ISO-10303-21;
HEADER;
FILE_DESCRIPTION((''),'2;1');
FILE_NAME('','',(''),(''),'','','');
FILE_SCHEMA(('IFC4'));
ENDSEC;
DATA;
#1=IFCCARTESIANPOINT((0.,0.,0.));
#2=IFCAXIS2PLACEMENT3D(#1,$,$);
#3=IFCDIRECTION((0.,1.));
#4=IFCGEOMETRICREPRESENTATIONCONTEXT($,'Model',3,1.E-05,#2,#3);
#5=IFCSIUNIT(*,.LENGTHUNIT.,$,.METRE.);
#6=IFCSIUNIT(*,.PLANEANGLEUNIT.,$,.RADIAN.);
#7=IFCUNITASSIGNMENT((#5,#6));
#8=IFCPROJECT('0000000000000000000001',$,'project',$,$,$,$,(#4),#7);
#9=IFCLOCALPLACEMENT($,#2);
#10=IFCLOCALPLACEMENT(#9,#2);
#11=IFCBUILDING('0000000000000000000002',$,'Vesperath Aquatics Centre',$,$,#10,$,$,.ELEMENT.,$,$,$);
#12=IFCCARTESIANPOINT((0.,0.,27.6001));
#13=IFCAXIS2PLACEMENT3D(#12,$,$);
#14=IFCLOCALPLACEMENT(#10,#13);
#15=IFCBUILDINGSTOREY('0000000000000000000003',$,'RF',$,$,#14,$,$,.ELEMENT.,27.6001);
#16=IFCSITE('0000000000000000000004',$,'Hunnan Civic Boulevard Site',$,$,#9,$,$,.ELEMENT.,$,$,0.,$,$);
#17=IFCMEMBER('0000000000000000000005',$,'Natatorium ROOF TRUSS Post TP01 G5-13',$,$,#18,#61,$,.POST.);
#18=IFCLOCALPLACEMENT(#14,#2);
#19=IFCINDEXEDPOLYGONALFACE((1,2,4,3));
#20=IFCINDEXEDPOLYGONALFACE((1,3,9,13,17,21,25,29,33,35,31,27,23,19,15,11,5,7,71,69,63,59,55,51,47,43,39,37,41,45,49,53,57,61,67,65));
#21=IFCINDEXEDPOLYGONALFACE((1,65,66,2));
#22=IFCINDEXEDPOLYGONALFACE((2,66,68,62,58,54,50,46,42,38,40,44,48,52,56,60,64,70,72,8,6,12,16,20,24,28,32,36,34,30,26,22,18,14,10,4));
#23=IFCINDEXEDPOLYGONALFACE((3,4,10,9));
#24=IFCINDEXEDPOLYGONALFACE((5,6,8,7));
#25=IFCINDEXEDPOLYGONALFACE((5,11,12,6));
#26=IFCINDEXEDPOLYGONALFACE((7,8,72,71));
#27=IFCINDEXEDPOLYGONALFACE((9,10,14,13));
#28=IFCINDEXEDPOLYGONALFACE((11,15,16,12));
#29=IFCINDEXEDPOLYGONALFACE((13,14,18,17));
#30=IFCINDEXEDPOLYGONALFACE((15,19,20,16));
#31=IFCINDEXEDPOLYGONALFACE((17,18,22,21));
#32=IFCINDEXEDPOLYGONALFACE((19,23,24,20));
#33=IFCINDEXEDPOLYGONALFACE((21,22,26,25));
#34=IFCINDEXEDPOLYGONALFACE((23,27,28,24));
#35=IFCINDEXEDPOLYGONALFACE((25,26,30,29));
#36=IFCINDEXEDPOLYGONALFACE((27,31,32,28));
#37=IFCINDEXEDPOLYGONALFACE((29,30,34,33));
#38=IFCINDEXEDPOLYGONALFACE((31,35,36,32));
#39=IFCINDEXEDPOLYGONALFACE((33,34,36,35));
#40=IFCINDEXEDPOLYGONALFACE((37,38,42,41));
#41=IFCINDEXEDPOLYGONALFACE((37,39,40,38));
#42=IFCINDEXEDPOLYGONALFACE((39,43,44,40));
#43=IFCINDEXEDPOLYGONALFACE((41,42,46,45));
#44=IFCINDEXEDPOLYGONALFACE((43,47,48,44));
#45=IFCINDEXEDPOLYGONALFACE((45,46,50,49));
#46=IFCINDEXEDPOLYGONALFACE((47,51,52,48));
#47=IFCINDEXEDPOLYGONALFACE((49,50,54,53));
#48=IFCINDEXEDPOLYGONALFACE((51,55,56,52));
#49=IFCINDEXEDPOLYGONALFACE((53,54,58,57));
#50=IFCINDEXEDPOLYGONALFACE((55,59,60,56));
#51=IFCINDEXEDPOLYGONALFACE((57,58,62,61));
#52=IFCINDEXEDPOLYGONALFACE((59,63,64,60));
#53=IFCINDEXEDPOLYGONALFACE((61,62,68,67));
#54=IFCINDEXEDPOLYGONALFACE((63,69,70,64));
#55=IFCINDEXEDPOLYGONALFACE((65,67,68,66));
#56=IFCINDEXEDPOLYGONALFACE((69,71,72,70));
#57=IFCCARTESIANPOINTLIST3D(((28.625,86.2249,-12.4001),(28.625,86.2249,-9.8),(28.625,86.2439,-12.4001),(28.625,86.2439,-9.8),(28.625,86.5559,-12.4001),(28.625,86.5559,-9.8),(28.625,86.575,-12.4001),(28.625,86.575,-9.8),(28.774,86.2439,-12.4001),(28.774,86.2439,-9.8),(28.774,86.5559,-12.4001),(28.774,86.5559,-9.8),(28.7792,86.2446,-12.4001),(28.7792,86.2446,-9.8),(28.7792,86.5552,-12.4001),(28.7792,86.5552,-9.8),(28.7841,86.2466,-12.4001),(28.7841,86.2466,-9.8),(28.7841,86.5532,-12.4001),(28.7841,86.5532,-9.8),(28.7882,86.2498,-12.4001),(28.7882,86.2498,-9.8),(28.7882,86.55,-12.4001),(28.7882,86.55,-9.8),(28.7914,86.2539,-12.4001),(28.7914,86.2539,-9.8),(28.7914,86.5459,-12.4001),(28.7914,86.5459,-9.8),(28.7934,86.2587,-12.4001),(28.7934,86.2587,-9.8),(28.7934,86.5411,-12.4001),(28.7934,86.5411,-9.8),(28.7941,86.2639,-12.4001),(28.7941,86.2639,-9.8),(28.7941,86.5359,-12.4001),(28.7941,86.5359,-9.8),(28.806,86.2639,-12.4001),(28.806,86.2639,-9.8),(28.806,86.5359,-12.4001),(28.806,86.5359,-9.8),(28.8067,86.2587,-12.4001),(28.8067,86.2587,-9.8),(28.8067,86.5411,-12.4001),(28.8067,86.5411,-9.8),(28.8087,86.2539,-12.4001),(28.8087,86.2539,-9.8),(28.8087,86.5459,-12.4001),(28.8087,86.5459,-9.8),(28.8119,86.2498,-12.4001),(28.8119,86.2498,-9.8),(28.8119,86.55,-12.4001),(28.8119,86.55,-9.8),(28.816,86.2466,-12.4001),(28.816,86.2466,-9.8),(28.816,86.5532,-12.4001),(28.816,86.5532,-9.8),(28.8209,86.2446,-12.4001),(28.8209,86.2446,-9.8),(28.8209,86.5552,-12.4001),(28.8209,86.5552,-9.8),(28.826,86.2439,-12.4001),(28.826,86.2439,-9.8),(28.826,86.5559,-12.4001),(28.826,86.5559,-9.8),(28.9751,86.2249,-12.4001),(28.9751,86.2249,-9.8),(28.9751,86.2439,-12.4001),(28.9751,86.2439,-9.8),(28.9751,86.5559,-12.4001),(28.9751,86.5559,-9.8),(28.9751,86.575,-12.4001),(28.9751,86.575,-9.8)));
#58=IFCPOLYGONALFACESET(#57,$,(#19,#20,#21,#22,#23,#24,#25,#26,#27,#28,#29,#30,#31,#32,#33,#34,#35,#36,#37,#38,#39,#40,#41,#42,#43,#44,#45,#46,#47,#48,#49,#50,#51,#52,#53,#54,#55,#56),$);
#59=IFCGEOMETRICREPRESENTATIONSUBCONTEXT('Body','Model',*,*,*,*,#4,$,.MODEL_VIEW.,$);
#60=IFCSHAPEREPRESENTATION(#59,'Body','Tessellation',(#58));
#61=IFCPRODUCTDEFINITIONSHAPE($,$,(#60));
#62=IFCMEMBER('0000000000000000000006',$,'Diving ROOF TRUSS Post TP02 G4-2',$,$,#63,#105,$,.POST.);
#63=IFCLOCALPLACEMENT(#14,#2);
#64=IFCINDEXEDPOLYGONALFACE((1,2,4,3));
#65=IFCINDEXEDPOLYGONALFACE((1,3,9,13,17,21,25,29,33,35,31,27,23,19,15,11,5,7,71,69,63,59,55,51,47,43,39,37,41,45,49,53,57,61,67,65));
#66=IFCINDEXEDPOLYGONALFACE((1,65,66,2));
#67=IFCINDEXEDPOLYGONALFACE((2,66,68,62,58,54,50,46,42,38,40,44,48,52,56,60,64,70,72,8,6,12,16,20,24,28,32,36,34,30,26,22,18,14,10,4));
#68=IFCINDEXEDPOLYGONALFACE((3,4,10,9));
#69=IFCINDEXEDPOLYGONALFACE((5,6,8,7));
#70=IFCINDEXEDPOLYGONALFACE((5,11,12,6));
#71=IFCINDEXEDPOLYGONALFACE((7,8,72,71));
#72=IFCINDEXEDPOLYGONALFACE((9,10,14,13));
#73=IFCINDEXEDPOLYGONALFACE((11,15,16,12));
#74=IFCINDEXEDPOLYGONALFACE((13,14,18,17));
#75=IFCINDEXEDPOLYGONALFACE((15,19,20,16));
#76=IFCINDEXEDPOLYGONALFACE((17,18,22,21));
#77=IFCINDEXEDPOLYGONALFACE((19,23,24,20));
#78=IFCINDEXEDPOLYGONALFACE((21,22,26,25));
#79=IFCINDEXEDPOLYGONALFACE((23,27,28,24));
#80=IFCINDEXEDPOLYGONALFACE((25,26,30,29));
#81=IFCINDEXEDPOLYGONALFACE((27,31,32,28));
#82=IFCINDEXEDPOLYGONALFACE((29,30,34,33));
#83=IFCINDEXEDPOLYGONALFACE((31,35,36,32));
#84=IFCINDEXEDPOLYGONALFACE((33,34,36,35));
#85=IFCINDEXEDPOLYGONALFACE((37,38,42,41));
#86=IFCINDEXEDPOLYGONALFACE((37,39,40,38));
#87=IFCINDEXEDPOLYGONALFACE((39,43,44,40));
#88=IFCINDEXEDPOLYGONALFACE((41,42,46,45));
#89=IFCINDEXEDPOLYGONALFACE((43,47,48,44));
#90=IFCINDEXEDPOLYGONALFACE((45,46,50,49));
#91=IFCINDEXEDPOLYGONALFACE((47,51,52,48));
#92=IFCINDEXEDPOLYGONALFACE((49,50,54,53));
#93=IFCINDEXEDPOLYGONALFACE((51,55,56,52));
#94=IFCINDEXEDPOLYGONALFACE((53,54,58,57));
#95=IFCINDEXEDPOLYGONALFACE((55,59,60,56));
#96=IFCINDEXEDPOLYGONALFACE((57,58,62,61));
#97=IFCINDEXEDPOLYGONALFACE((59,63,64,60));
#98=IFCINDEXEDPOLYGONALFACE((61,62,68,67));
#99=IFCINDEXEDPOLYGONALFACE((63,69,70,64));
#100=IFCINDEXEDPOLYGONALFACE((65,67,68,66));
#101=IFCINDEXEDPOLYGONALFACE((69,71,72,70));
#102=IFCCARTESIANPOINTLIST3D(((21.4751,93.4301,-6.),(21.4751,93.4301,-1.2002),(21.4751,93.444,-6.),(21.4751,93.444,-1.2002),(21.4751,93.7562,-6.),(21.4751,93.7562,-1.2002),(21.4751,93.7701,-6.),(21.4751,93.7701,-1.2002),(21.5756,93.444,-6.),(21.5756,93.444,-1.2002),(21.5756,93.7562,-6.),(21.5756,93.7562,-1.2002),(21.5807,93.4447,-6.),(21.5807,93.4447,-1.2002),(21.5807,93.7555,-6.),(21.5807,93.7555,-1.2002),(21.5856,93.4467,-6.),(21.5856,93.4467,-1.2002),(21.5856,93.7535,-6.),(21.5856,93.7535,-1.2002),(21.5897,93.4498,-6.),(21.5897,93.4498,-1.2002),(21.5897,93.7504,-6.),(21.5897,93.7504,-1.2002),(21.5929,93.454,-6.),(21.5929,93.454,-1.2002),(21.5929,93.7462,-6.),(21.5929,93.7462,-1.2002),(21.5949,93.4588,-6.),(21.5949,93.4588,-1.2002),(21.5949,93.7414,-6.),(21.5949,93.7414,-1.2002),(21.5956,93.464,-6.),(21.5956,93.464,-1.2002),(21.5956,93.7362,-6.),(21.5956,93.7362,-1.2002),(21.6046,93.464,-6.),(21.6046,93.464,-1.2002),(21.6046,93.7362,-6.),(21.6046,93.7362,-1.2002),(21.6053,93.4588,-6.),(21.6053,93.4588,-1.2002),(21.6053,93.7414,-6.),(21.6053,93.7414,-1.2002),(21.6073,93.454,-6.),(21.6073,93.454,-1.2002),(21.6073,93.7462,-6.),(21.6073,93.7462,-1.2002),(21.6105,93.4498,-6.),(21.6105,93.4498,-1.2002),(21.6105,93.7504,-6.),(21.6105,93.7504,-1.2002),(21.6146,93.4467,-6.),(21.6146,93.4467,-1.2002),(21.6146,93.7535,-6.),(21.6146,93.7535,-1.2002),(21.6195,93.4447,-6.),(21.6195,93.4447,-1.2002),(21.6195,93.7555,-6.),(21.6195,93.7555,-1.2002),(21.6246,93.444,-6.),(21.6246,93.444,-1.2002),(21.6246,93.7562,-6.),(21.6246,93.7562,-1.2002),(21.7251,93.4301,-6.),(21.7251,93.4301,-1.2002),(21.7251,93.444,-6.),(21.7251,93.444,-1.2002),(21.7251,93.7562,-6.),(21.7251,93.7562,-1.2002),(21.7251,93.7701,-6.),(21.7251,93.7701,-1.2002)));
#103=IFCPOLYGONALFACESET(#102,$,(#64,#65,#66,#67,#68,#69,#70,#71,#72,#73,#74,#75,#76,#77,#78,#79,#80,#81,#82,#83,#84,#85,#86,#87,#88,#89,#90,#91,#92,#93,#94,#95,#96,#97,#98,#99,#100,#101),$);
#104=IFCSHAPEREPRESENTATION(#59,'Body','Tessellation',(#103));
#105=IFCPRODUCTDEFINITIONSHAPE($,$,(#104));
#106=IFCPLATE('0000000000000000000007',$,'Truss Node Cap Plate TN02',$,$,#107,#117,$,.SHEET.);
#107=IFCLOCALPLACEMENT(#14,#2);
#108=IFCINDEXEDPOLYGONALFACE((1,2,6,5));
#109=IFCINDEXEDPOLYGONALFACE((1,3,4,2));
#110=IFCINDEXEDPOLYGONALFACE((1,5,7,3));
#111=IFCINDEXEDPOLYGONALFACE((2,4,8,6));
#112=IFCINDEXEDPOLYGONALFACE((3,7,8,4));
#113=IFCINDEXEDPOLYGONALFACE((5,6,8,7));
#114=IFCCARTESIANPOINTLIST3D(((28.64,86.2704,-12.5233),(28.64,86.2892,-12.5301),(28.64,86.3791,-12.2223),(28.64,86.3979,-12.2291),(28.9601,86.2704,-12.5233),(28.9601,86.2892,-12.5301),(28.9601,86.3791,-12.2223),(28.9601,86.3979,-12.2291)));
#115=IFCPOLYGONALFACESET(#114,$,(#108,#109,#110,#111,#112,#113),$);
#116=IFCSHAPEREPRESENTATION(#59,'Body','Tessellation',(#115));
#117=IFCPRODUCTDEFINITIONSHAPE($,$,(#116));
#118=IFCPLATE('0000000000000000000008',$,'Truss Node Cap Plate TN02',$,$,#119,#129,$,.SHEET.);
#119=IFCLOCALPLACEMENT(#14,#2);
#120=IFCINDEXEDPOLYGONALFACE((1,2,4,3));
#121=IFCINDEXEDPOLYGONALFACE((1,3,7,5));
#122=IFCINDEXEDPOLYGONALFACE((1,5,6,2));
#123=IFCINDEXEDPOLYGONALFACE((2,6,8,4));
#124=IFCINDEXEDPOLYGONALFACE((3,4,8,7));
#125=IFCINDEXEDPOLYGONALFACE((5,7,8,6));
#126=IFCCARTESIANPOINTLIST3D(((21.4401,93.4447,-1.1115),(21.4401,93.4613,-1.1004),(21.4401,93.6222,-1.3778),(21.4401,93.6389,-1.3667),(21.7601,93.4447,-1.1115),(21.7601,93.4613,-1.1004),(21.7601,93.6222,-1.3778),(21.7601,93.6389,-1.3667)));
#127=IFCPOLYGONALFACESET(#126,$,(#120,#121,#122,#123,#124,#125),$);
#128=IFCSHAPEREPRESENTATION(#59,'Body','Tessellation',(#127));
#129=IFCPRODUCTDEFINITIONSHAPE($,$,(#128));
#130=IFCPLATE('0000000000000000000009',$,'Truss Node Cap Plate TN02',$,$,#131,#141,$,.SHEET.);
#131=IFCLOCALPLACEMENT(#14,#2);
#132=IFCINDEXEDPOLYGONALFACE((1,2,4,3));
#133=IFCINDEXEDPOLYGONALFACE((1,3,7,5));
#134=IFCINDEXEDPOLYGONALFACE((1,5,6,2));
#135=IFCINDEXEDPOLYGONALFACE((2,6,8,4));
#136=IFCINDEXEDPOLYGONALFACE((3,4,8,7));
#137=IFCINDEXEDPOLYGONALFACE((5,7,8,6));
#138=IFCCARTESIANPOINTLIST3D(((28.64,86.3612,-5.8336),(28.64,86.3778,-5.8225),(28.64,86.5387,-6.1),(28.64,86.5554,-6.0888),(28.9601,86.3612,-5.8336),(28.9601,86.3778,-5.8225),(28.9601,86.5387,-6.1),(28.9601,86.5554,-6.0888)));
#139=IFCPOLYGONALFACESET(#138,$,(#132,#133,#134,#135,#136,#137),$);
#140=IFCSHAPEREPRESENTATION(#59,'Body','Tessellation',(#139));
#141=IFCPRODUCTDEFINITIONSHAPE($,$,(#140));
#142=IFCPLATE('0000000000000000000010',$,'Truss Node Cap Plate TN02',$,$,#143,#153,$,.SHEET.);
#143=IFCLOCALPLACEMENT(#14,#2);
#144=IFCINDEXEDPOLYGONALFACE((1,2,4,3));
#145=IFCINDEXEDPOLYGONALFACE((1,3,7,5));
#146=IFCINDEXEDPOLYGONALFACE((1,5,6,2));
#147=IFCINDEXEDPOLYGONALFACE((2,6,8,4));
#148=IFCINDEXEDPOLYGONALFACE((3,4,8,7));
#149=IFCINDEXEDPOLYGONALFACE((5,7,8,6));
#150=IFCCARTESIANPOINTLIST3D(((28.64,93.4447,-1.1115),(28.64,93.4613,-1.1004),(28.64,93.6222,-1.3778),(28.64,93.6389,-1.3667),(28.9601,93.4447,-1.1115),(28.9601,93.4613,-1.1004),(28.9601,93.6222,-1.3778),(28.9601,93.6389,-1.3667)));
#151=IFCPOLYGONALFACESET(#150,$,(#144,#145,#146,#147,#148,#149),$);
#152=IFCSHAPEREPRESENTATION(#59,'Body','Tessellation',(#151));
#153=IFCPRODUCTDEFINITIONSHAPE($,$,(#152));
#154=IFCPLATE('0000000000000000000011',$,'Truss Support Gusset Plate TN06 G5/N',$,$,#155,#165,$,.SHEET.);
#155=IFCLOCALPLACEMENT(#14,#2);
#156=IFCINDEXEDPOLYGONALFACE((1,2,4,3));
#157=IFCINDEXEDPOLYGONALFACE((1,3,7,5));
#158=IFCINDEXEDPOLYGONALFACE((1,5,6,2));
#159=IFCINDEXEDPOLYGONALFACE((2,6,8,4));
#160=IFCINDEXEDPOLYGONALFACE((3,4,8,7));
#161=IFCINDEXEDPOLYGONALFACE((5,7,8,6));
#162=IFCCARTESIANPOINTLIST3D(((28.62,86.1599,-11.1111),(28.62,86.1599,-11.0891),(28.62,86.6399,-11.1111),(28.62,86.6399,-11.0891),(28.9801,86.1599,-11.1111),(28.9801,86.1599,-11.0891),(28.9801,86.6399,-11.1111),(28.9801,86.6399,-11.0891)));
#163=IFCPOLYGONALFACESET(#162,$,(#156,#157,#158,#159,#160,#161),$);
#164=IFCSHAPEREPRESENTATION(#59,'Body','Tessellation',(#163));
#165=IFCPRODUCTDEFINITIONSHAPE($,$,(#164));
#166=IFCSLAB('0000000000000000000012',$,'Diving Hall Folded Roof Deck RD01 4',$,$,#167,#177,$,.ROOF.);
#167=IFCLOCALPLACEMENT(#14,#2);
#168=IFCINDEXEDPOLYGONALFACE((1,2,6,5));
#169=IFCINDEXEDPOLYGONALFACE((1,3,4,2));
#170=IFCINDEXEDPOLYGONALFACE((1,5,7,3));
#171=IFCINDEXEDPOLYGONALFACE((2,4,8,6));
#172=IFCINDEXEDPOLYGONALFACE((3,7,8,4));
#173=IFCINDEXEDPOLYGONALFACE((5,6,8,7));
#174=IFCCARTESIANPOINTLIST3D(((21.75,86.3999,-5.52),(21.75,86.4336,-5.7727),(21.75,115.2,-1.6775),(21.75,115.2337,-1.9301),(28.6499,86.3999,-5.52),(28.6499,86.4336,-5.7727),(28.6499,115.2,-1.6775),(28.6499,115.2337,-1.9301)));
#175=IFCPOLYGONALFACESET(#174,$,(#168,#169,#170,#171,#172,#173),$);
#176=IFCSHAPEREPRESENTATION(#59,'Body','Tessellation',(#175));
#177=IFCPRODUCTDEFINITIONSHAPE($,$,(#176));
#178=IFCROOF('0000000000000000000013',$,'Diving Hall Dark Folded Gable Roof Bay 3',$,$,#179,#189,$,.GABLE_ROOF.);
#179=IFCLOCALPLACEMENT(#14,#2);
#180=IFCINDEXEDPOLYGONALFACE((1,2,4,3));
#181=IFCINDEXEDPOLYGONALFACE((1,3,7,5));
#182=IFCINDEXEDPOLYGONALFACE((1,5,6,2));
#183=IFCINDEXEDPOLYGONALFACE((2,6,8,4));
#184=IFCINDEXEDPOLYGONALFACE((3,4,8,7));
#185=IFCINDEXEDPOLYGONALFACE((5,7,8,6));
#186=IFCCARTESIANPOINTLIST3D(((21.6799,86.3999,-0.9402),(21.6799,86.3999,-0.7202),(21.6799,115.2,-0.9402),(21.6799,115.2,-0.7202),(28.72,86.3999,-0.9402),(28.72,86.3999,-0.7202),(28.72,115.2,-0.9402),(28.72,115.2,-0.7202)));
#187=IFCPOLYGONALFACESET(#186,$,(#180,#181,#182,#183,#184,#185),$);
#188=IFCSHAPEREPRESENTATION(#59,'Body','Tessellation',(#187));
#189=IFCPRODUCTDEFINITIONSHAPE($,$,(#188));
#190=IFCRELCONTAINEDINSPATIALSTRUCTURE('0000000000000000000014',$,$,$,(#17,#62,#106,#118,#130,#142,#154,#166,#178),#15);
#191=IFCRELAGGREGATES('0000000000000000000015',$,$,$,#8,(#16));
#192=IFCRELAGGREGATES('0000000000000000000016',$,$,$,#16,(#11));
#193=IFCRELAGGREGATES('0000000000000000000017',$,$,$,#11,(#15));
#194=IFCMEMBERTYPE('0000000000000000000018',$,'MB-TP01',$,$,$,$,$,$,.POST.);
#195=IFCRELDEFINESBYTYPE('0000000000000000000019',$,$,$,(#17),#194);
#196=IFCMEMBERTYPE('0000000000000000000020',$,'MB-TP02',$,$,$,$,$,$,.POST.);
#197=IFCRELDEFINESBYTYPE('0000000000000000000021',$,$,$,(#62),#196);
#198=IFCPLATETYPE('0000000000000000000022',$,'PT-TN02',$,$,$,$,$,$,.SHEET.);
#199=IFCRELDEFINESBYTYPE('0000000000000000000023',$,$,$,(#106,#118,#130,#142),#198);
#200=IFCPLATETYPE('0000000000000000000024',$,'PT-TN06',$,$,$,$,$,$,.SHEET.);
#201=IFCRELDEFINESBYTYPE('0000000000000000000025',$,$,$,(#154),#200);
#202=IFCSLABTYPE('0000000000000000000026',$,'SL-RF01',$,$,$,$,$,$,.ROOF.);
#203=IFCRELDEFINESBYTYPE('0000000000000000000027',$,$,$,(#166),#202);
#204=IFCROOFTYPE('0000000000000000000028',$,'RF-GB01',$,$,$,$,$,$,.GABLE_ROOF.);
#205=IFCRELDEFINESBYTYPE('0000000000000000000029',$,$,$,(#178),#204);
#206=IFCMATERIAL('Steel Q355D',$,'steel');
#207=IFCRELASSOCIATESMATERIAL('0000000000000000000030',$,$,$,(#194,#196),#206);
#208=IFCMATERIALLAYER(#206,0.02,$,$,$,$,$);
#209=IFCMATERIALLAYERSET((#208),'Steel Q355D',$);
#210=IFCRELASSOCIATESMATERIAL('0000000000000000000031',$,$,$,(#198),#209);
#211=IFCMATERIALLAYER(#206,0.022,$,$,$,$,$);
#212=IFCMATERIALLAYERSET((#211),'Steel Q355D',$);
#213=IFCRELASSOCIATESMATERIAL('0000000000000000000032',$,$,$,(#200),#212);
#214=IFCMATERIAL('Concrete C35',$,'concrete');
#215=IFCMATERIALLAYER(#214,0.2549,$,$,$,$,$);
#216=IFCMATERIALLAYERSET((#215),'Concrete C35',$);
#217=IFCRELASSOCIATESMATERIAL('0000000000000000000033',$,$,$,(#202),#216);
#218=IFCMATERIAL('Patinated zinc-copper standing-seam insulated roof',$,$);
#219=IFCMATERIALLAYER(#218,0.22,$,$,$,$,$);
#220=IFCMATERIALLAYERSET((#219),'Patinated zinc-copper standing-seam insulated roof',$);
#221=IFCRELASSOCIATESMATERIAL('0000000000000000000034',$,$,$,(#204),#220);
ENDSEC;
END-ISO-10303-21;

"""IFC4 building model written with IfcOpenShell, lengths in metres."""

from ifc_helpers import new_model, si_unit, direction, frame, origin, origin_2d, place, context, subcontext, project, spatial, polyline, rectangle, i_section, outline, extrude, material, layer, layer_set, material_profile, profile_set, type_object, element, save


model = new_model("IFC4")

# Units and contexts
model_context = context("Model", 3, precision=1e-05, world=origin(), true_north=direction((0.0, 1.0)))
body_context = subcontext(model_context, "Body", "Model", "MODEL_VIEW")
ifc_project = project(units=[si_unit("LENGTHUNIT", "METRE"), si_unit("PLANEANGLEUNIT", "RADIAN")], contexts=[model_context])

# Site, building, storey
site_placement = place(None, origin())
site = spatial("IfcSite", under=ifc_project, at=site_placement, Name="Hunnan Civic Boulevard Site", CompositionType="ELEMENT", RefElevation=0.0)
building_placement = place(site_placement, origin())
building = spatial("IfcBuilding", under=site, at=building_placement, Name="Vesperath Aquatics Centre", CompositionType="ELEMENT")
storey_placement = place(building_placement, frame((0.0, 0.0, 27.6001)))
storey = spatial("IfcBuildingStorey", under=building, at=storey_placement, Name="RF", CompositionType="ELEMENT", Elevation=27.6001)

# Members
ifc_material_1 = material(Name="Steel Q355D", Category="steel")
ifc_material_profile_1 = material_profile(ifc_material_1, i_section(OverallWidth=0.3501, OverallDepth=0.3501, WebThickness=0.012, FlangeThickness=0.019, FilletRadius=0.02, at=origin_2d()), Name="HW 350x350x12x19")
ifc_profile_set_1 = profile_set([ifc_material_profile_1], Name="Steel Q355D")
member_type_1 = type_object("IfcMemberType", Name="MB-TP01", PredefinedType="POST", material=ifc_profile_set_1)
member_1_placement = place(storey_placement, frame((28.8, 86.3999, -12.4001), z_axis=(0.0, 0.0, 1.0), x_axis=(1.0, 0.0, 0.0)))
element("IfcMember", 1, at=member_1_placement, inside=storey, type_object=member_type_1, Name="Natatorium ROOF TRUSS Post TP01 G5-13", PredefinedType="POST", context=body_context, shape_type="SweptSolid", body=[
    extrude(i_section(OverallWidth=0.3501, OverallDepth=0.3501, WebThickness=0.012, FlangeThickness=0.019, FilletRadius=0.02, at=origin_2d()), origin(), (0.0, 0.0, 1.0), 2.6001),
])
ifc_material_profile_2 = material_profile(ifc_material_1, i_section(OverallWidth=0.25, OverallDepth=0.3401, WebThickness=0.009, FlangeThickness=0.0139, FilletRadius=0.02, at=origin_2d()), Name="HM 340x250x9x14")
ifc_profile_set_2 = profile_set([ifc_material_profile_2], Name="Steel Q355D")
member_type_2 = type_object("IfcMemberType", Name="MB-TP02", PredefinedType="POST", material=ifc_profile_set_2)
member_2_placement = place(storey_placement, frame((21.6001, 93.6001, -6.0), z_axis=(0.0, 0.0, 1.0), x_axis=(1.0, 0.0, 0.0)))
element("IfcMember", 2, at=member_2_placement, inside=storey, type_object=member_type_2, Name="Diving ROOF TRUSS Post TP02 G4-2", PredefinedType="POST", context=body_context, shape_type="SweptSolid", body=[
    extrude(i_section(OverallWidth=0.25, OverallDepth=0.3401, WebThickness=0.009, FlangeThickness=0.0139, FilletRadius=0.02, at=origin_2d()), origin(), (0.0, 0.0, 1.0), 4.7998),
])

# Plates
ifc_layer_1 = layer(ifc_material_1, 0.02)
ifc_layer_set_1 = layer_set([ifc_layer_1], Name="Steel Q355D")
plate_type_1 = type_object("IfcPlateType", Name="PT-TN02", PredefinedType="SHEET", material=ifc_layer_set_1)
for number, where, z_axis, x_axis, name in (
    (3, (28.8, 86.3247, -12.3728), (0.0, 0.940554, -0.339644), (-1.0, 0.0, 0.0), "Truss Node Cap Plate TN02"),
    (4, (21.6001, 93.5334, -1.2446), (0.0, 0.83205, 0.5547), (-1.0, 0.0, 0.0), "Truss Node Cap Plate TN02"),
    (5, (28.8, 86.45, -5.9668), (0.0, 0.83205, 0.5547), (-1.0, 0.0, 0.0), "Truss Node Cap Plate TN02"),
    (6, (28.8, 93.5334, -1.2446), (0.0, 0.83205, 0.5547), (-1.0, 0.0, 0.0), "Truss Node Cap Plate TN02"),
):
    element("IfcPlate", number, at=place(storey_placement, frame(where, z_axis=z_axis, x_axis=x_axis)), inside=storey, type_object=plate_type_1, Name=name, PredefinedType="SHEET", context=body_context, shape_type="SweptSolid", body=[
        extrude(rectangle(XDim=0.3201, YDim=0.3201, at=origin_2d()), origin(), (0.0, 0.0, 1.0), 0.02),
    ])
ifc_layer_2 = layer(ifc_material_1, 0.022)
ifc_layer_set_2 = layer_set([ifc_layer_2], Name="Steel Q355D")
plate_type_2 = type_object("IfcPlateType", Name="PT-TN06", PredefinedType="SHEET", material=ifc_layer_set_2)
plate_placement = place(storey_placement, frame((28.8, 86.3999, -11.1111), z_axis=(0.0, 0.0, 1.0), x_axis=(0.0, 1.0, 0.0)))
element("IfcPlate", 7, at=plate_placement, inside=storey, type_object=plate_type_2, Name="Truss Support Gusset Plate TN06 G5/N", PredefinedType="SHEET", context=body_context, shape_type="SweptSolid", body=[
    extrude(rectangle(XDim=0.48, YDim=0.3601, at=origin_2d()), origin(), (0.0, 0.0, 1.0), 0.022),
])

# Slab
ifc_material_2 = material(Name="Concrete C35", Category="concrete")
ifc_layer_3 = layer(ifc_material_2, 0.2549)
ifc_layer_set_3 = layer_set([ifc_layer_3], Name="Concrete C35")
slab_type = type_object("IfcSlabType", Name="SL-RF01", PredefinedType="ROOF", material=ifc_layer_set_3)
slab_placement = place(storey_placement, frame((21.75, 86.3999, -5.52), z_axis=(0.0, -0.132249, 0.991217), x_axis=(1.0, 0.0, 0.0)))
element("IfcSlab", 8, at=slab_placement, inside=storey, type_object=slab_type, Name="Diving Hall Folded Roof Deck RD01 4", PredefinedType="ROOF", context=body_context, shape_type="SweptSolid", body=[
    extrude(outline(polyline([(0.0, 0.0), (6.8999, 0.0), (6.8999, 29.0553), (0.0, 29.0553), (0.0, 0.0)])), origin(), (0.0, 0.0, -1.0), 0.2549),
])

# Roof
ifc_material_3 = material(Name="Patinated zinc-copper standing-seam insulated roof")
ifc_layer_4 = layer(ifc_material_3, 0.22)
ifc_layer_set_4 = layer_set([ifc_layer_4], Name="Patinated zinc-copper standing-seam insulated roof")
roof_type = type_object("IfcRoofType", Name="RF-GB01", PredefinedType="GABLE_ROOF", material=ifc_layer_set_4)
roof_placement = place(storey_placement, frame((21.6799, 86.3999, -0.7202), z_axis=(0.0, 0.0, 1.0), x_axis=(1.0, 0.0, 0.0)))
element("IfcRoof", 9, at=roof_placement, inside=storey, type_object=roof_type, Name="Diving Hall Dark Folded Gable Roof Bay 3", PredefinedType="GABLE_ROOF", context=body_context, shape_type="SweptSolid", body=[
    extrude(outline(polyline([(0.0, 0.0), (7.04, 0.0), (7.04, 28.8), (0.0, 28.8), (0.0, 0.0)])), origin(), (0.0, 0.0, -1.0), 0.22),
])

save(model, "model.ifc")
